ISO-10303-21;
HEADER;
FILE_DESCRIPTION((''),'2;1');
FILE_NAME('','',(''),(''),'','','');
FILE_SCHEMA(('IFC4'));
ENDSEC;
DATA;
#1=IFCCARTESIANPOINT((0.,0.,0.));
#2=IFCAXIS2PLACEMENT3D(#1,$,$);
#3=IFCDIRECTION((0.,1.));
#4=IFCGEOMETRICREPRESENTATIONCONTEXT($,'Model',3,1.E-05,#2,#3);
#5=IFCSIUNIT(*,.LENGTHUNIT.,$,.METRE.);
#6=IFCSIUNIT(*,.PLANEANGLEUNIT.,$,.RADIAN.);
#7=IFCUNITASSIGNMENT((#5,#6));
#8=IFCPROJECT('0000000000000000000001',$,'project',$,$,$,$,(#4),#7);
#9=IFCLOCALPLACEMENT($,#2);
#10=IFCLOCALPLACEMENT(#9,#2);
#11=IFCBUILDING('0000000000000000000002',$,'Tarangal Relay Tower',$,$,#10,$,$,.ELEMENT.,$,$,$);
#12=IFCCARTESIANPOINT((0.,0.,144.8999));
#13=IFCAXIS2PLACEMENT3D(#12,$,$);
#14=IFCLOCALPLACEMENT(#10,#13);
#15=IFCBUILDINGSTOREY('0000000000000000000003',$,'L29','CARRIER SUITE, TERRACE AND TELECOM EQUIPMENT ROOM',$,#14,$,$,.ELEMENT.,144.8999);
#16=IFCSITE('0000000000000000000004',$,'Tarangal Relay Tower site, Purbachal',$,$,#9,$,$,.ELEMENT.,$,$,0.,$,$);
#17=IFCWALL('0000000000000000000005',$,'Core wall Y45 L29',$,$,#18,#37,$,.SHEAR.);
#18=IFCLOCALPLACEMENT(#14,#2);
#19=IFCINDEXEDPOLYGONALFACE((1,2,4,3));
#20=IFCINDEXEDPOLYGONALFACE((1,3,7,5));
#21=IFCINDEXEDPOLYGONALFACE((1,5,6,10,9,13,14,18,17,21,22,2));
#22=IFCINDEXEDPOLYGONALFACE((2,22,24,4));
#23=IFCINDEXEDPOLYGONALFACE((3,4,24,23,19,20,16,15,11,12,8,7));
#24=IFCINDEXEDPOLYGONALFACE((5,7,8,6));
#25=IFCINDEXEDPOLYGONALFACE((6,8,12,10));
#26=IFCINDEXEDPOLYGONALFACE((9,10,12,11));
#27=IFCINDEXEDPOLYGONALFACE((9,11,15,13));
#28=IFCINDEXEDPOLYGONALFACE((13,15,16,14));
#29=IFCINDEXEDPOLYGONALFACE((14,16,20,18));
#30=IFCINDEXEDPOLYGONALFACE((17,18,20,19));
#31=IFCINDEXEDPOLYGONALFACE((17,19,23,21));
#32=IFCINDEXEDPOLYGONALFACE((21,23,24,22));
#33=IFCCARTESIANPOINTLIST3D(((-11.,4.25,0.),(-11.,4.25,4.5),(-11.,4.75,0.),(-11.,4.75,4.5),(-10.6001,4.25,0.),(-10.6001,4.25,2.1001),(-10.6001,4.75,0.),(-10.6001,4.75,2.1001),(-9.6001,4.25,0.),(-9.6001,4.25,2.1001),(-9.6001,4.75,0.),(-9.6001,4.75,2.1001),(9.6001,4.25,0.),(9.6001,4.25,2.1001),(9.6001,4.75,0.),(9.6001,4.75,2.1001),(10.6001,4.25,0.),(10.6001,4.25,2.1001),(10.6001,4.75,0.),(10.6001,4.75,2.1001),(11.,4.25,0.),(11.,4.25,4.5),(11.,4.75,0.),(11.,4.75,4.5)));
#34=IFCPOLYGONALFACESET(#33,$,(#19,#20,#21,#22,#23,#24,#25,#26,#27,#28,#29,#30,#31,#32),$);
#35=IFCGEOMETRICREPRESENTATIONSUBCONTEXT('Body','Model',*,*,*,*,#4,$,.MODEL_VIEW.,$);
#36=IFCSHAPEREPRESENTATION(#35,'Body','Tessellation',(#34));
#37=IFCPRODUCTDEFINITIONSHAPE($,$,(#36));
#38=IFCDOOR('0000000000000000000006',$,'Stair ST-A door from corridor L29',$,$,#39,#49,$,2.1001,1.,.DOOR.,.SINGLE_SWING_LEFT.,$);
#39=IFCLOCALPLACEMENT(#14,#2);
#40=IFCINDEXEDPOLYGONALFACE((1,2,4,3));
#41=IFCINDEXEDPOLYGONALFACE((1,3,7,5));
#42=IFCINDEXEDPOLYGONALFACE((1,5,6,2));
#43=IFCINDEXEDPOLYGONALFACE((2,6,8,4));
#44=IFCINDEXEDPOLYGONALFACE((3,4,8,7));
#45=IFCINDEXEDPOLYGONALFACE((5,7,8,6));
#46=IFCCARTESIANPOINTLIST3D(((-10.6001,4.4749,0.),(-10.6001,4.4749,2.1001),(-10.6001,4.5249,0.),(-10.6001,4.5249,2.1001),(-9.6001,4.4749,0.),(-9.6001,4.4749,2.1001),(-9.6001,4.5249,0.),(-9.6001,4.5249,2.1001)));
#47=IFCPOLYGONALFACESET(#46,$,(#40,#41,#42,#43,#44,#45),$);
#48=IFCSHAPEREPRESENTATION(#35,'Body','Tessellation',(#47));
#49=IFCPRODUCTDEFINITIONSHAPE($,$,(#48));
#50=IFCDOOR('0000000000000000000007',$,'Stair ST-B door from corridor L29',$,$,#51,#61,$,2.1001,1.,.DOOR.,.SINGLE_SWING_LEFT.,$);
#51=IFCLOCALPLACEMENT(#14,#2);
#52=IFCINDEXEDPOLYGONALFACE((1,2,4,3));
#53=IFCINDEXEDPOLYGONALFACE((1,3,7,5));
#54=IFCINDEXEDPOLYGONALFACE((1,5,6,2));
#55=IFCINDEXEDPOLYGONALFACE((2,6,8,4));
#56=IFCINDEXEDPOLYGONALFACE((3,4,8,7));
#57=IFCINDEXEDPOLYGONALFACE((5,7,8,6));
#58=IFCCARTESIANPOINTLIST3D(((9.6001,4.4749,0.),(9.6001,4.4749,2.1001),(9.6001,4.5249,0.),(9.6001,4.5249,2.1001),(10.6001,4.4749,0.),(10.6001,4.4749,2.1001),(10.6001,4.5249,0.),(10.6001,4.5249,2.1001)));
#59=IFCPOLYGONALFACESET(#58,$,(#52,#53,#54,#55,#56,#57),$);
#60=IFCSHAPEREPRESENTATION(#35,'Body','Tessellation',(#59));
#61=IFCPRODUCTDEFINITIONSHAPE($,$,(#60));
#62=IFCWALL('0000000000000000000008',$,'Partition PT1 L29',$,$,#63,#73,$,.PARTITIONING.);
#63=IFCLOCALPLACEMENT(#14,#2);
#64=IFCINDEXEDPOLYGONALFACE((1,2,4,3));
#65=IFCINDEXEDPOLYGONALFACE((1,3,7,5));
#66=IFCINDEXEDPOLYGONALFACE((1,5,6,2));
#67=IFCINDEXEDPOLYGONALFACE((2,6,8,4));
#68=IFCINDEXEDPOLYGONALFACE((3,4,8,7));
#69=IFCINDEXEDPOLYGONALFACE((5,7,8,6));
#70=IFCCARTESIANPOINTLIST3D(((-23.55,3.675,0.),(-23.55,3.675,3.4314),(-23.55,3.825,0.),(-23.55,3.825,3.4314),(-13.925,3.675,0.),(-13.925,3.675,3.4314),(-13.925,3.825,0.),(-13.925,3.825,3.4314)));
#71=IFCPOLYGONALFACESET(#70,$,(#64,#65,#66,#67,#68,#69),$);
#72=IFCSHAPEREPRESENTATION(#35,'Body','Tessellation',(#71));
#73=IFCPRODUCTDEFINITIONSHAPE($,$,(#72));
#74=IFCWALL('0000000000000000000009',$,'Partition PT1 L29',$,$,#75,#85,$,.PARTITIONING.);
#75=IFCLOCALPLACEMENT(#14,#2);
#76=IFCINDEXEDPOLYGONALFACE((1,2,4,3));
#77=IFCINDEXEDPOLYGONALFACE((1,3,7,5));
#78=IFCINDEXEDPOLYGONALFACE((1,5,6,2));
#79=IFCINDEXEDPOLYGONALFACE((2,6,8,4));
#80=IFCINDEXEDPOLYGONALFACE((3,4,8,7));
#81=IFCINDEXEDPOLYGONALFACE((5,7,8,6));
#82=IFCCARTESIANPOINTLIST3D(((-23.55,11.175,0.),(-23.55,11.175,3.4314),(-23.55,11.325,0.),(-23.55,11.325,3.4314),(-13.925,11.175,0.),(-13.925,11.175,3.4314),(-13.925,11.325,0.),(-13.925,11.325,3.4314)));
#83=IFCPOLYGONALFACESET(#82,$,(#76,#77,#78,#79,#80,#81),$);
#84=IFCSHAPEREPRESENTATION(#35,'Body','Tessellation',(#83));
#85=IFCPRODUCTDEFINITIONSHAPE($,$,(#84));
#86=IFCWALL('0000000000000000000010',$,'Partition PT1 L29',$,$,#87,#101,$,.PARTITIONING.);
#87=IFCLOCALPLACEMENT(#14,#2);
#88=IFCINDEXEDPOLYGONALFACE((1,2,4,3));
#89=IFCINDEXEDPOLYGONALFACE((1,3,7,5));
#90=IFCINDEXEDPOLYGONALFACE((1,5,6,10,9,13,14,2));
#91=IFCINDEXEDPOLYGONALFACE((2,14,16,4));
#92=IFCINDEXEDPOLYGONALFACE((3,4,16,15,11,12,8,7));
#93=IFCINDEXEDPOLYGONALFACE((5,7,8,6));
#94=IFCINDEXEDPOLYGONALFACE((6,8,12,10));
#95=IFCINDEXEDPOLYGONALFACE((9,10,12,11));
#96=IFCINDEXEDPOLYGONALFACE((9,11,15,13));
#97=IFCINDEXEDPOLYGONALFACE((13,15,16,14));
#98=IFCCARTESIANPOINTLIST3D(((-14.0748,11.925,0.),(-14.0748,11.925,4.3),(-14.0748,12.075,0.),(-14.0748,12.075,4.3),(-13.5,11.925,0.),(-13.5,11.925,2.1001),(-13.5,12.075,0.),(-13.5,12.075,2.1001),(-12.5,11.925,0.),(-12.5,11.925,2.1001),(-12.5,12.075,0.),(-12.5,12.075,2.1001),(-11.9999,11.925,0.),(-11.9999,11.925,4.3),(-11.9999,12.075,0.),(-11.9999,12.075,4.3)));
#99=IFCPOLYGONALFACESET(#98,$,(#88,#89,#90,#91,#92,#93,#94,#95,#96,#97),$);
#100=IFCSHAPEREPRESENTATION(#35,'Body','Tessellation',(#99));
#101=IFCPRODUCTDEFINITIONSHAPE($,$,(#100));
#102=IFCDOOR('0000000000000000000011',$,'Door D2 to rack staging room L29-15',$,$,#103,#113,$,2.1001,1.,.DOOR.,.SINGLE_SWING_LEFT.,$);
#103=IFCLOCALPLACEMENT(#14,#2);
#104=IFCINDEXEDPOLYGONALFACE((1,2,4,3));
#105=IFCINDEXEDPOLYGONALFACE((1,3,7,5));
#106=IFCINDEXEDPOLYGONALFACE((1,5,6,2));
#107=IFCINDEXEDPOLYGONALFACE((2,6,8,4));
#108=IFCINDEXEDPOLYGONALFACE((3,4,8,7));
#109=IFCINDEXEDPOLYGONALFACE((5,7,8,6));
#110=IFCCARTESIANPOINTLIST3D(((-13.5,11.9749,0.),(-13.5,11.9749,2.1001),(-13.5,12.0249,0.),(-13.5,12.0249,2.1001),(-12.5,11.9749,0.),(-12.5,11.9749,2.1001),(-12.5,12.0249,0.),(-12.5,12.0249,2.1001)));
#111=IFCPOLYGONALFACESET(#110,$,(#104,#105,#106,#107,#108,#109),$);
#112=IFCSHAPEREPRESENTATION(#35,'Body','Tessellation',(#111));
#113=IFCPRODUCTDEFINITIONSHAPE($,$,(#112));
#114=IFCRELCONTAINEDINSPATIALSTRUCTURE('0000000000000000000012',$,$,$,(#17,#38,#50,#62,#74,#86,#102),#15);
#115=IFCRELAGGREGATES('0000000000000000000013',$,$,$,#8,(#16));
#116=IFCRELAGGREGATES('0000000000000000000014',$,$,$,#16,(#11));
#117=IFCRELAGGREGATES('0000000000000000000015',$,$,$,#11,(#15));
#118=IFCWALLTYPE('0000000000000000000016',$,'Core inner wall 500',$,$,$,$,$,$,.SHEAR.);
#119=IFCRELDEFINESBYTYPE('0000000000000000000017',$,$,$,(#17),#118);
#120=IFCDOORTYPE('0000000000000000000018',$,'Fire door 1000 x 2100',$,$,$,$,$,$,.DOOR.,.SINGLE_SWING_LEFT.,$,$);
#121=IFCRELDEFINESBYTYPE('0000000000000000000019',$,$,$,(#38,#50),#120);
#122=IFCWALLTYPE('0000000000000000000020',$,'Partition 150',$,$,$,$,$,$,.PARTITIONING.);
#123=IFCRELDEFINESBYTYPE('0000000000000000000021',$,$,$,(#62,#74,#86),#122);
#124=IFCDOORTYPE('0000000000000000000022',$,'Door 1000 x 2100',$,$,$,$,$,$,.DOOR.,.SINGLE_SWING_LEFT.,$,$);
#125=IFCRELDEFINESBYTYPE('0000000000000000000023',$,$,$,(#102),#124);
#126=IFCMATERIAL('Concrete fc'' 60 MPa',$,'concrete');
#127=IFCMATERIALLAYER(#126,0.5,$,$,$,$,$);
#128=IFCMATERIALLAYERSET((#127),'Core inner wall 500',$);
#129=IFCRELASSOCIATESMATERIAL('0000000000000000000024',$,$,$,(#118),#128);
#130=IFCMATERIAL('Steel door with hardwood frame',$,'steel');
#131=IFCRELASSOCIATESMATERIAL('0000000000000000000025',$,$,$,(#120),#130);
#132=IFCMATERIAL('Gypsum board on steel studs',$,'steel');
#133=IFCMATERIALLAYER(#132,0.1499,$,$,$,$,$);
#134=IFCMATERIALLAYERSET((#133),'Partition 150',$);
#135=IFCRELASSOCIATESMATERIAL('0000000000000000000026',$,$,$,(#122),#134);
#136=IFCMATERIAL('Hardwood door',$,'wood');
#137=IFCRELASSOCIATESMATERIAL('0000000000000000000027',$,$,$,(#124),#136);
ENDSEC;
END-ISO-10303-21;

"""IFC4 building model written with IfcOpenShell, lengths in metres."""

from ifc_helpers import new_model, si_unit, direction, frame, frame_2d, origin, place, context, subcontext, project, spatial, rectangle, extrude, material, layer, layer_set, type_object, element, fill, save


model = new_model("IFC4")

# Units and contexts
model_context = context("Model", 3, precision=1e-05, world=origin(), true_north=direction((0.0, 1.0)))
body_context = subcontext(model_context, "Body", "Model", "MODEL_VIEW")
ifc_project = project(units=[si_unit("LENGTHUNIT", "METRE"), si_unit("PLANEANGLEUNIT", "RADIAN")], contexts=[model_context])

# Site, building, storey
site_placement = place(None, origin())
site = spatial("IfcSite", under=ifc_project, at=site_placement, Name="Tarangal Relay Tower site, Purbachal", CompositionType="ELEMENT", RefElevation=0.0)
building_placement = place(site_placement, origin())
building = spatial("IfcBuilding", under=site, at=building_placement, Name="Tarangal Relay Tower", CompositionType="ELEMENT")
storey_placement = place(building_placement, frame((0.0, 0.0, 144.8999)))
storey = spatial("IfcBuildingStorey", under=building, at=storey_placement, Name="L29", Description="CARRIER SUITE, TERRACE AND TELECOM EQUIPMENT ROOM", CompositionType="ELEMENT", Elevation=144.8999)

# Wall, openings, doors
ifc_material_1 = material(Name="Concrete fc' 60 MPa", Category="concrete")
ifc_layer_1 = layer(ifc_material_1, 0.5)
ifc_layer_set_1 = layer_set([ifc_layer_1], Name="Core inner wall 500")
wall_type_1 = type_object("IfcWallType", Name="Core inner wall 500", PredefinedType="SHEAR", material=ifc_layer_set_1)
wall_1_placement = place(storey_placement, frame((-11.0, 4.5, 0.0), z_axis=(0.0, 0.0, 1.0), x_axis=(1.0, 0.0, 0.0)))
wall_1 = element("IfcWall", 1, at=wall_1_placement, inside=storey, type_object=wall_type_1, Name="Core wall Y45 L29", PredefinedType="SHEAR", context=body_context, shape_type="SweptSolid", body=[
    extrude(rectangle(XDim=22.0, YDim=0.5, at=frame_2d((11.0, 0.0))), origin(), (0.0, 0.0, 1.0), 4.5),
])
opening_1_placement = place(wall_1_placement, frame((0.3999, 0.0, 0.0)))
opening_1 = element("IfcOpeningElement", 2, at=opening_1_placement, cuts=wall_1, PredefinedType="OPENING", context=body_context, shape_type="SweptSolid", body=[
    extrude(rectangle(XDim=1.0, YDim=2.1001, at=frame_2d((0.5, 1.05))), frame((0.0, 0.26, 0.0), z_axis=(0.0, -1.0, 0.0), x_axis=(1.0, 0.0, 0.0)), (0.0, 0.0, 1.0), 0.52),
])
opening_2_placement = place(wall_1_placement, frame((20.6001, 0.0, 0.0)))
opening_2 = element("IfcOpeningElement", 3, at=opening_2_placement, cuts=wall_1, PredefinedType="OPENING", context=body_context, shape_type="SweptSolid", body=[
    extrude(rectangle(XDim=1.0, YDim=2.1001, at=frame_2d((0.5, 1.05))), frame((0.0, 0.26, 0.0), z_axis=(0.0, -1.0, 0.0), x_axis=(1.0, 0.0, 0.0)), (0.0, 0.0, 1.0), 0.52),
])
ifc_material_2 = material(Name="Steel door with hardwood frame", Category="steel")
door_type_1 = type_object("IfcDoorType", Name="Fire door 1000 x 2100", OperationType="SINGLE_SWING_LEFT", PredefinedType="DOOR", material=ifc_material_2)
door_1_placement = place(opening_1_placement, origin())
door_1 = element("IfcDoor", 4, at=door_1_placement, inside=storey, type_object=door_type_1, Name="Stair ST-A door from corridor L29", OperationType="SINGLE_SWING_LEFT", OverallHeight=2.1001, OverallWidth=1.0, PredefinedType="DOOR", context=body_context, shape_type="SweptSolid", body=[
    extrude(rectangle(XDim=1.0, YDim=2.1001, at=frame_2d((0.5, 1.05))), frame((0.0, 0.0249, 0.0), z_axis=(0.0, -1.0, 0.0), x_axis=(1.0, 0.0, 0.0)), (0.0, 0.0, 1.0), 0.05),
])
fill(opening_1, door_1)
door_2_placement = place(opening_2_placement, origin())
door_2 = element("IfcDoor", 5, at=door_2_placement, inside=storey, type_object=door_type_1, Name="Stair ST-B door from corridor L29", OperationType="SINGLE_SWING_LEFT", OverallHeight=2.1001, OverallWidth=1.0, PredefinedType="DOOR", context=body_context, shape_type="SweptSolid", body=[
    extrude(rectangle(XDim=1.0, YDim=2.1001, at=frame_2d((0.5, 1.05))), frame((0.0, 0.0249, 0.0), z_axis=(0.0, -1.0, 0.0), x_axis=(1.0, 0.0, 0.0)), (0.0, 0.0, 1.0), 0.05),
])
fill(opening_2, door_2)

# Walls
ifc_material_3 = material(Name="Gypsum board on steel studs", Category="steel")
ifc_layer_2 = layer(ifc_material_3, 0.1499)
ifc_layer_set_2 = layer_set([ifc_layer_2], Name="Partition 150")
wall_type_2 = type_object("IfcWallType", Name="Partition 150", PredefinedType="PARTITIONING", material=ifc_layer_set_2)
for number, where, z_axis, x_axis, name in (
    (6, (-23.55, 3.75, 0.0), (0.0, 0.0, 1.0), (1.0, 0.0, 0.0), "Partition PT1 L29"),
    (7, (-23.55, 11.25, 0.0), (0.0, 0.0, 1.0), (1.0, 0.0, 0.0), "Partition PT1 L29"),
):
    element("IfcWall", number, at=place(storey_placement, frame(where, z_axis=z_axis, x_axis=x_axis)), inside=storey, type_object=wall_type_2, Name=name, PredefinedType="PARTITIONING", context=body_context, shape_type="SweptSolid", body=[
        extrude(rectangle(XDim=9.625, YDim=0.1499, at=frame_2d((4.8125, 0.0))), origin(), (0.0, 0.0, 1.0), 3.4314),
    ])

# Wall, opening, door
wall_2_placement = place(storey_placement, frame((-14.075, 12.0, 0.0), z_axis=(0.0, 0.0, 1.0), x_axis=(1.0, 0.0, 0.0)))
wall_2 = element("IfcWall", 8, at=wall_2_placement, inside=storey, type_object=wall_type_2, Name="Partition PT1 L29", PredefinedType="PARTITIONING", context=body_context, shape_type="SweptSolid", body=[
    extrude(rectangle(XDim=2.075, YDim=0.1499, at=frame_2d((1.0376, 0.0))), origin(), (0.0, 0.0, 1.0), 4.3),
])
opening_3_placement = place(wall_2_placement, frame((0.575, 0.0, 0.0)))
opening_3 = element("IfcOpeningElement", 9, at=opening_3_placement, cuts=wall_2, PredefinedType="OPENING", context=body_context, shape_type="SweptSolid", body=[
    extrude(rectangle(XDim=1.0, YDim=2.1001, at=frame_2d((0.5, 1.05))), frame((0.0, 0.085, 0.0), z_axis=(0.0, -1.0, 0.0), x_axis=(1.0, 0.0, 0.0)), (0.0, 0.0, 1.0), 0.1699),
])
ifc_material_4 = material(Name="Hardwood door", Category="wood")
door_type_2 = type_object("IfcDoorType", Name="Door 1000 x 2100", OperationType="SINGLE_SWING_LEFT", PredefinedType="DOOR", material=ifc_material_4)
door_3_placement = place(opening_3_placement, origin())
door_3 = element("IfcDoor", 10, at=door_3_placement, inside=storey, type_object=door_type_2, Name="Door D2 to rack staging room L29-15", OperationType="SINGLE_SWING_LEFT", OverallHeight=2.1001, OverallWidth=1.0, PredefinedType="DOOR", context=body_context, shape_type="SweptSolid", body=[
    extrude(rectangle(XDim=1.0, YDim=2.1001, at=frame_2d((0.5, 1.05))), frame((0.0, 0.0249, 0.0), z_axis=(0.0, -1.0, 0.0), x_axis=(1.0, 0.0, 0.0)), (0.0, 0.0, 1.0), 0.05),
])
fill(opening_3, door_3)

save(model, "model.ifc")
